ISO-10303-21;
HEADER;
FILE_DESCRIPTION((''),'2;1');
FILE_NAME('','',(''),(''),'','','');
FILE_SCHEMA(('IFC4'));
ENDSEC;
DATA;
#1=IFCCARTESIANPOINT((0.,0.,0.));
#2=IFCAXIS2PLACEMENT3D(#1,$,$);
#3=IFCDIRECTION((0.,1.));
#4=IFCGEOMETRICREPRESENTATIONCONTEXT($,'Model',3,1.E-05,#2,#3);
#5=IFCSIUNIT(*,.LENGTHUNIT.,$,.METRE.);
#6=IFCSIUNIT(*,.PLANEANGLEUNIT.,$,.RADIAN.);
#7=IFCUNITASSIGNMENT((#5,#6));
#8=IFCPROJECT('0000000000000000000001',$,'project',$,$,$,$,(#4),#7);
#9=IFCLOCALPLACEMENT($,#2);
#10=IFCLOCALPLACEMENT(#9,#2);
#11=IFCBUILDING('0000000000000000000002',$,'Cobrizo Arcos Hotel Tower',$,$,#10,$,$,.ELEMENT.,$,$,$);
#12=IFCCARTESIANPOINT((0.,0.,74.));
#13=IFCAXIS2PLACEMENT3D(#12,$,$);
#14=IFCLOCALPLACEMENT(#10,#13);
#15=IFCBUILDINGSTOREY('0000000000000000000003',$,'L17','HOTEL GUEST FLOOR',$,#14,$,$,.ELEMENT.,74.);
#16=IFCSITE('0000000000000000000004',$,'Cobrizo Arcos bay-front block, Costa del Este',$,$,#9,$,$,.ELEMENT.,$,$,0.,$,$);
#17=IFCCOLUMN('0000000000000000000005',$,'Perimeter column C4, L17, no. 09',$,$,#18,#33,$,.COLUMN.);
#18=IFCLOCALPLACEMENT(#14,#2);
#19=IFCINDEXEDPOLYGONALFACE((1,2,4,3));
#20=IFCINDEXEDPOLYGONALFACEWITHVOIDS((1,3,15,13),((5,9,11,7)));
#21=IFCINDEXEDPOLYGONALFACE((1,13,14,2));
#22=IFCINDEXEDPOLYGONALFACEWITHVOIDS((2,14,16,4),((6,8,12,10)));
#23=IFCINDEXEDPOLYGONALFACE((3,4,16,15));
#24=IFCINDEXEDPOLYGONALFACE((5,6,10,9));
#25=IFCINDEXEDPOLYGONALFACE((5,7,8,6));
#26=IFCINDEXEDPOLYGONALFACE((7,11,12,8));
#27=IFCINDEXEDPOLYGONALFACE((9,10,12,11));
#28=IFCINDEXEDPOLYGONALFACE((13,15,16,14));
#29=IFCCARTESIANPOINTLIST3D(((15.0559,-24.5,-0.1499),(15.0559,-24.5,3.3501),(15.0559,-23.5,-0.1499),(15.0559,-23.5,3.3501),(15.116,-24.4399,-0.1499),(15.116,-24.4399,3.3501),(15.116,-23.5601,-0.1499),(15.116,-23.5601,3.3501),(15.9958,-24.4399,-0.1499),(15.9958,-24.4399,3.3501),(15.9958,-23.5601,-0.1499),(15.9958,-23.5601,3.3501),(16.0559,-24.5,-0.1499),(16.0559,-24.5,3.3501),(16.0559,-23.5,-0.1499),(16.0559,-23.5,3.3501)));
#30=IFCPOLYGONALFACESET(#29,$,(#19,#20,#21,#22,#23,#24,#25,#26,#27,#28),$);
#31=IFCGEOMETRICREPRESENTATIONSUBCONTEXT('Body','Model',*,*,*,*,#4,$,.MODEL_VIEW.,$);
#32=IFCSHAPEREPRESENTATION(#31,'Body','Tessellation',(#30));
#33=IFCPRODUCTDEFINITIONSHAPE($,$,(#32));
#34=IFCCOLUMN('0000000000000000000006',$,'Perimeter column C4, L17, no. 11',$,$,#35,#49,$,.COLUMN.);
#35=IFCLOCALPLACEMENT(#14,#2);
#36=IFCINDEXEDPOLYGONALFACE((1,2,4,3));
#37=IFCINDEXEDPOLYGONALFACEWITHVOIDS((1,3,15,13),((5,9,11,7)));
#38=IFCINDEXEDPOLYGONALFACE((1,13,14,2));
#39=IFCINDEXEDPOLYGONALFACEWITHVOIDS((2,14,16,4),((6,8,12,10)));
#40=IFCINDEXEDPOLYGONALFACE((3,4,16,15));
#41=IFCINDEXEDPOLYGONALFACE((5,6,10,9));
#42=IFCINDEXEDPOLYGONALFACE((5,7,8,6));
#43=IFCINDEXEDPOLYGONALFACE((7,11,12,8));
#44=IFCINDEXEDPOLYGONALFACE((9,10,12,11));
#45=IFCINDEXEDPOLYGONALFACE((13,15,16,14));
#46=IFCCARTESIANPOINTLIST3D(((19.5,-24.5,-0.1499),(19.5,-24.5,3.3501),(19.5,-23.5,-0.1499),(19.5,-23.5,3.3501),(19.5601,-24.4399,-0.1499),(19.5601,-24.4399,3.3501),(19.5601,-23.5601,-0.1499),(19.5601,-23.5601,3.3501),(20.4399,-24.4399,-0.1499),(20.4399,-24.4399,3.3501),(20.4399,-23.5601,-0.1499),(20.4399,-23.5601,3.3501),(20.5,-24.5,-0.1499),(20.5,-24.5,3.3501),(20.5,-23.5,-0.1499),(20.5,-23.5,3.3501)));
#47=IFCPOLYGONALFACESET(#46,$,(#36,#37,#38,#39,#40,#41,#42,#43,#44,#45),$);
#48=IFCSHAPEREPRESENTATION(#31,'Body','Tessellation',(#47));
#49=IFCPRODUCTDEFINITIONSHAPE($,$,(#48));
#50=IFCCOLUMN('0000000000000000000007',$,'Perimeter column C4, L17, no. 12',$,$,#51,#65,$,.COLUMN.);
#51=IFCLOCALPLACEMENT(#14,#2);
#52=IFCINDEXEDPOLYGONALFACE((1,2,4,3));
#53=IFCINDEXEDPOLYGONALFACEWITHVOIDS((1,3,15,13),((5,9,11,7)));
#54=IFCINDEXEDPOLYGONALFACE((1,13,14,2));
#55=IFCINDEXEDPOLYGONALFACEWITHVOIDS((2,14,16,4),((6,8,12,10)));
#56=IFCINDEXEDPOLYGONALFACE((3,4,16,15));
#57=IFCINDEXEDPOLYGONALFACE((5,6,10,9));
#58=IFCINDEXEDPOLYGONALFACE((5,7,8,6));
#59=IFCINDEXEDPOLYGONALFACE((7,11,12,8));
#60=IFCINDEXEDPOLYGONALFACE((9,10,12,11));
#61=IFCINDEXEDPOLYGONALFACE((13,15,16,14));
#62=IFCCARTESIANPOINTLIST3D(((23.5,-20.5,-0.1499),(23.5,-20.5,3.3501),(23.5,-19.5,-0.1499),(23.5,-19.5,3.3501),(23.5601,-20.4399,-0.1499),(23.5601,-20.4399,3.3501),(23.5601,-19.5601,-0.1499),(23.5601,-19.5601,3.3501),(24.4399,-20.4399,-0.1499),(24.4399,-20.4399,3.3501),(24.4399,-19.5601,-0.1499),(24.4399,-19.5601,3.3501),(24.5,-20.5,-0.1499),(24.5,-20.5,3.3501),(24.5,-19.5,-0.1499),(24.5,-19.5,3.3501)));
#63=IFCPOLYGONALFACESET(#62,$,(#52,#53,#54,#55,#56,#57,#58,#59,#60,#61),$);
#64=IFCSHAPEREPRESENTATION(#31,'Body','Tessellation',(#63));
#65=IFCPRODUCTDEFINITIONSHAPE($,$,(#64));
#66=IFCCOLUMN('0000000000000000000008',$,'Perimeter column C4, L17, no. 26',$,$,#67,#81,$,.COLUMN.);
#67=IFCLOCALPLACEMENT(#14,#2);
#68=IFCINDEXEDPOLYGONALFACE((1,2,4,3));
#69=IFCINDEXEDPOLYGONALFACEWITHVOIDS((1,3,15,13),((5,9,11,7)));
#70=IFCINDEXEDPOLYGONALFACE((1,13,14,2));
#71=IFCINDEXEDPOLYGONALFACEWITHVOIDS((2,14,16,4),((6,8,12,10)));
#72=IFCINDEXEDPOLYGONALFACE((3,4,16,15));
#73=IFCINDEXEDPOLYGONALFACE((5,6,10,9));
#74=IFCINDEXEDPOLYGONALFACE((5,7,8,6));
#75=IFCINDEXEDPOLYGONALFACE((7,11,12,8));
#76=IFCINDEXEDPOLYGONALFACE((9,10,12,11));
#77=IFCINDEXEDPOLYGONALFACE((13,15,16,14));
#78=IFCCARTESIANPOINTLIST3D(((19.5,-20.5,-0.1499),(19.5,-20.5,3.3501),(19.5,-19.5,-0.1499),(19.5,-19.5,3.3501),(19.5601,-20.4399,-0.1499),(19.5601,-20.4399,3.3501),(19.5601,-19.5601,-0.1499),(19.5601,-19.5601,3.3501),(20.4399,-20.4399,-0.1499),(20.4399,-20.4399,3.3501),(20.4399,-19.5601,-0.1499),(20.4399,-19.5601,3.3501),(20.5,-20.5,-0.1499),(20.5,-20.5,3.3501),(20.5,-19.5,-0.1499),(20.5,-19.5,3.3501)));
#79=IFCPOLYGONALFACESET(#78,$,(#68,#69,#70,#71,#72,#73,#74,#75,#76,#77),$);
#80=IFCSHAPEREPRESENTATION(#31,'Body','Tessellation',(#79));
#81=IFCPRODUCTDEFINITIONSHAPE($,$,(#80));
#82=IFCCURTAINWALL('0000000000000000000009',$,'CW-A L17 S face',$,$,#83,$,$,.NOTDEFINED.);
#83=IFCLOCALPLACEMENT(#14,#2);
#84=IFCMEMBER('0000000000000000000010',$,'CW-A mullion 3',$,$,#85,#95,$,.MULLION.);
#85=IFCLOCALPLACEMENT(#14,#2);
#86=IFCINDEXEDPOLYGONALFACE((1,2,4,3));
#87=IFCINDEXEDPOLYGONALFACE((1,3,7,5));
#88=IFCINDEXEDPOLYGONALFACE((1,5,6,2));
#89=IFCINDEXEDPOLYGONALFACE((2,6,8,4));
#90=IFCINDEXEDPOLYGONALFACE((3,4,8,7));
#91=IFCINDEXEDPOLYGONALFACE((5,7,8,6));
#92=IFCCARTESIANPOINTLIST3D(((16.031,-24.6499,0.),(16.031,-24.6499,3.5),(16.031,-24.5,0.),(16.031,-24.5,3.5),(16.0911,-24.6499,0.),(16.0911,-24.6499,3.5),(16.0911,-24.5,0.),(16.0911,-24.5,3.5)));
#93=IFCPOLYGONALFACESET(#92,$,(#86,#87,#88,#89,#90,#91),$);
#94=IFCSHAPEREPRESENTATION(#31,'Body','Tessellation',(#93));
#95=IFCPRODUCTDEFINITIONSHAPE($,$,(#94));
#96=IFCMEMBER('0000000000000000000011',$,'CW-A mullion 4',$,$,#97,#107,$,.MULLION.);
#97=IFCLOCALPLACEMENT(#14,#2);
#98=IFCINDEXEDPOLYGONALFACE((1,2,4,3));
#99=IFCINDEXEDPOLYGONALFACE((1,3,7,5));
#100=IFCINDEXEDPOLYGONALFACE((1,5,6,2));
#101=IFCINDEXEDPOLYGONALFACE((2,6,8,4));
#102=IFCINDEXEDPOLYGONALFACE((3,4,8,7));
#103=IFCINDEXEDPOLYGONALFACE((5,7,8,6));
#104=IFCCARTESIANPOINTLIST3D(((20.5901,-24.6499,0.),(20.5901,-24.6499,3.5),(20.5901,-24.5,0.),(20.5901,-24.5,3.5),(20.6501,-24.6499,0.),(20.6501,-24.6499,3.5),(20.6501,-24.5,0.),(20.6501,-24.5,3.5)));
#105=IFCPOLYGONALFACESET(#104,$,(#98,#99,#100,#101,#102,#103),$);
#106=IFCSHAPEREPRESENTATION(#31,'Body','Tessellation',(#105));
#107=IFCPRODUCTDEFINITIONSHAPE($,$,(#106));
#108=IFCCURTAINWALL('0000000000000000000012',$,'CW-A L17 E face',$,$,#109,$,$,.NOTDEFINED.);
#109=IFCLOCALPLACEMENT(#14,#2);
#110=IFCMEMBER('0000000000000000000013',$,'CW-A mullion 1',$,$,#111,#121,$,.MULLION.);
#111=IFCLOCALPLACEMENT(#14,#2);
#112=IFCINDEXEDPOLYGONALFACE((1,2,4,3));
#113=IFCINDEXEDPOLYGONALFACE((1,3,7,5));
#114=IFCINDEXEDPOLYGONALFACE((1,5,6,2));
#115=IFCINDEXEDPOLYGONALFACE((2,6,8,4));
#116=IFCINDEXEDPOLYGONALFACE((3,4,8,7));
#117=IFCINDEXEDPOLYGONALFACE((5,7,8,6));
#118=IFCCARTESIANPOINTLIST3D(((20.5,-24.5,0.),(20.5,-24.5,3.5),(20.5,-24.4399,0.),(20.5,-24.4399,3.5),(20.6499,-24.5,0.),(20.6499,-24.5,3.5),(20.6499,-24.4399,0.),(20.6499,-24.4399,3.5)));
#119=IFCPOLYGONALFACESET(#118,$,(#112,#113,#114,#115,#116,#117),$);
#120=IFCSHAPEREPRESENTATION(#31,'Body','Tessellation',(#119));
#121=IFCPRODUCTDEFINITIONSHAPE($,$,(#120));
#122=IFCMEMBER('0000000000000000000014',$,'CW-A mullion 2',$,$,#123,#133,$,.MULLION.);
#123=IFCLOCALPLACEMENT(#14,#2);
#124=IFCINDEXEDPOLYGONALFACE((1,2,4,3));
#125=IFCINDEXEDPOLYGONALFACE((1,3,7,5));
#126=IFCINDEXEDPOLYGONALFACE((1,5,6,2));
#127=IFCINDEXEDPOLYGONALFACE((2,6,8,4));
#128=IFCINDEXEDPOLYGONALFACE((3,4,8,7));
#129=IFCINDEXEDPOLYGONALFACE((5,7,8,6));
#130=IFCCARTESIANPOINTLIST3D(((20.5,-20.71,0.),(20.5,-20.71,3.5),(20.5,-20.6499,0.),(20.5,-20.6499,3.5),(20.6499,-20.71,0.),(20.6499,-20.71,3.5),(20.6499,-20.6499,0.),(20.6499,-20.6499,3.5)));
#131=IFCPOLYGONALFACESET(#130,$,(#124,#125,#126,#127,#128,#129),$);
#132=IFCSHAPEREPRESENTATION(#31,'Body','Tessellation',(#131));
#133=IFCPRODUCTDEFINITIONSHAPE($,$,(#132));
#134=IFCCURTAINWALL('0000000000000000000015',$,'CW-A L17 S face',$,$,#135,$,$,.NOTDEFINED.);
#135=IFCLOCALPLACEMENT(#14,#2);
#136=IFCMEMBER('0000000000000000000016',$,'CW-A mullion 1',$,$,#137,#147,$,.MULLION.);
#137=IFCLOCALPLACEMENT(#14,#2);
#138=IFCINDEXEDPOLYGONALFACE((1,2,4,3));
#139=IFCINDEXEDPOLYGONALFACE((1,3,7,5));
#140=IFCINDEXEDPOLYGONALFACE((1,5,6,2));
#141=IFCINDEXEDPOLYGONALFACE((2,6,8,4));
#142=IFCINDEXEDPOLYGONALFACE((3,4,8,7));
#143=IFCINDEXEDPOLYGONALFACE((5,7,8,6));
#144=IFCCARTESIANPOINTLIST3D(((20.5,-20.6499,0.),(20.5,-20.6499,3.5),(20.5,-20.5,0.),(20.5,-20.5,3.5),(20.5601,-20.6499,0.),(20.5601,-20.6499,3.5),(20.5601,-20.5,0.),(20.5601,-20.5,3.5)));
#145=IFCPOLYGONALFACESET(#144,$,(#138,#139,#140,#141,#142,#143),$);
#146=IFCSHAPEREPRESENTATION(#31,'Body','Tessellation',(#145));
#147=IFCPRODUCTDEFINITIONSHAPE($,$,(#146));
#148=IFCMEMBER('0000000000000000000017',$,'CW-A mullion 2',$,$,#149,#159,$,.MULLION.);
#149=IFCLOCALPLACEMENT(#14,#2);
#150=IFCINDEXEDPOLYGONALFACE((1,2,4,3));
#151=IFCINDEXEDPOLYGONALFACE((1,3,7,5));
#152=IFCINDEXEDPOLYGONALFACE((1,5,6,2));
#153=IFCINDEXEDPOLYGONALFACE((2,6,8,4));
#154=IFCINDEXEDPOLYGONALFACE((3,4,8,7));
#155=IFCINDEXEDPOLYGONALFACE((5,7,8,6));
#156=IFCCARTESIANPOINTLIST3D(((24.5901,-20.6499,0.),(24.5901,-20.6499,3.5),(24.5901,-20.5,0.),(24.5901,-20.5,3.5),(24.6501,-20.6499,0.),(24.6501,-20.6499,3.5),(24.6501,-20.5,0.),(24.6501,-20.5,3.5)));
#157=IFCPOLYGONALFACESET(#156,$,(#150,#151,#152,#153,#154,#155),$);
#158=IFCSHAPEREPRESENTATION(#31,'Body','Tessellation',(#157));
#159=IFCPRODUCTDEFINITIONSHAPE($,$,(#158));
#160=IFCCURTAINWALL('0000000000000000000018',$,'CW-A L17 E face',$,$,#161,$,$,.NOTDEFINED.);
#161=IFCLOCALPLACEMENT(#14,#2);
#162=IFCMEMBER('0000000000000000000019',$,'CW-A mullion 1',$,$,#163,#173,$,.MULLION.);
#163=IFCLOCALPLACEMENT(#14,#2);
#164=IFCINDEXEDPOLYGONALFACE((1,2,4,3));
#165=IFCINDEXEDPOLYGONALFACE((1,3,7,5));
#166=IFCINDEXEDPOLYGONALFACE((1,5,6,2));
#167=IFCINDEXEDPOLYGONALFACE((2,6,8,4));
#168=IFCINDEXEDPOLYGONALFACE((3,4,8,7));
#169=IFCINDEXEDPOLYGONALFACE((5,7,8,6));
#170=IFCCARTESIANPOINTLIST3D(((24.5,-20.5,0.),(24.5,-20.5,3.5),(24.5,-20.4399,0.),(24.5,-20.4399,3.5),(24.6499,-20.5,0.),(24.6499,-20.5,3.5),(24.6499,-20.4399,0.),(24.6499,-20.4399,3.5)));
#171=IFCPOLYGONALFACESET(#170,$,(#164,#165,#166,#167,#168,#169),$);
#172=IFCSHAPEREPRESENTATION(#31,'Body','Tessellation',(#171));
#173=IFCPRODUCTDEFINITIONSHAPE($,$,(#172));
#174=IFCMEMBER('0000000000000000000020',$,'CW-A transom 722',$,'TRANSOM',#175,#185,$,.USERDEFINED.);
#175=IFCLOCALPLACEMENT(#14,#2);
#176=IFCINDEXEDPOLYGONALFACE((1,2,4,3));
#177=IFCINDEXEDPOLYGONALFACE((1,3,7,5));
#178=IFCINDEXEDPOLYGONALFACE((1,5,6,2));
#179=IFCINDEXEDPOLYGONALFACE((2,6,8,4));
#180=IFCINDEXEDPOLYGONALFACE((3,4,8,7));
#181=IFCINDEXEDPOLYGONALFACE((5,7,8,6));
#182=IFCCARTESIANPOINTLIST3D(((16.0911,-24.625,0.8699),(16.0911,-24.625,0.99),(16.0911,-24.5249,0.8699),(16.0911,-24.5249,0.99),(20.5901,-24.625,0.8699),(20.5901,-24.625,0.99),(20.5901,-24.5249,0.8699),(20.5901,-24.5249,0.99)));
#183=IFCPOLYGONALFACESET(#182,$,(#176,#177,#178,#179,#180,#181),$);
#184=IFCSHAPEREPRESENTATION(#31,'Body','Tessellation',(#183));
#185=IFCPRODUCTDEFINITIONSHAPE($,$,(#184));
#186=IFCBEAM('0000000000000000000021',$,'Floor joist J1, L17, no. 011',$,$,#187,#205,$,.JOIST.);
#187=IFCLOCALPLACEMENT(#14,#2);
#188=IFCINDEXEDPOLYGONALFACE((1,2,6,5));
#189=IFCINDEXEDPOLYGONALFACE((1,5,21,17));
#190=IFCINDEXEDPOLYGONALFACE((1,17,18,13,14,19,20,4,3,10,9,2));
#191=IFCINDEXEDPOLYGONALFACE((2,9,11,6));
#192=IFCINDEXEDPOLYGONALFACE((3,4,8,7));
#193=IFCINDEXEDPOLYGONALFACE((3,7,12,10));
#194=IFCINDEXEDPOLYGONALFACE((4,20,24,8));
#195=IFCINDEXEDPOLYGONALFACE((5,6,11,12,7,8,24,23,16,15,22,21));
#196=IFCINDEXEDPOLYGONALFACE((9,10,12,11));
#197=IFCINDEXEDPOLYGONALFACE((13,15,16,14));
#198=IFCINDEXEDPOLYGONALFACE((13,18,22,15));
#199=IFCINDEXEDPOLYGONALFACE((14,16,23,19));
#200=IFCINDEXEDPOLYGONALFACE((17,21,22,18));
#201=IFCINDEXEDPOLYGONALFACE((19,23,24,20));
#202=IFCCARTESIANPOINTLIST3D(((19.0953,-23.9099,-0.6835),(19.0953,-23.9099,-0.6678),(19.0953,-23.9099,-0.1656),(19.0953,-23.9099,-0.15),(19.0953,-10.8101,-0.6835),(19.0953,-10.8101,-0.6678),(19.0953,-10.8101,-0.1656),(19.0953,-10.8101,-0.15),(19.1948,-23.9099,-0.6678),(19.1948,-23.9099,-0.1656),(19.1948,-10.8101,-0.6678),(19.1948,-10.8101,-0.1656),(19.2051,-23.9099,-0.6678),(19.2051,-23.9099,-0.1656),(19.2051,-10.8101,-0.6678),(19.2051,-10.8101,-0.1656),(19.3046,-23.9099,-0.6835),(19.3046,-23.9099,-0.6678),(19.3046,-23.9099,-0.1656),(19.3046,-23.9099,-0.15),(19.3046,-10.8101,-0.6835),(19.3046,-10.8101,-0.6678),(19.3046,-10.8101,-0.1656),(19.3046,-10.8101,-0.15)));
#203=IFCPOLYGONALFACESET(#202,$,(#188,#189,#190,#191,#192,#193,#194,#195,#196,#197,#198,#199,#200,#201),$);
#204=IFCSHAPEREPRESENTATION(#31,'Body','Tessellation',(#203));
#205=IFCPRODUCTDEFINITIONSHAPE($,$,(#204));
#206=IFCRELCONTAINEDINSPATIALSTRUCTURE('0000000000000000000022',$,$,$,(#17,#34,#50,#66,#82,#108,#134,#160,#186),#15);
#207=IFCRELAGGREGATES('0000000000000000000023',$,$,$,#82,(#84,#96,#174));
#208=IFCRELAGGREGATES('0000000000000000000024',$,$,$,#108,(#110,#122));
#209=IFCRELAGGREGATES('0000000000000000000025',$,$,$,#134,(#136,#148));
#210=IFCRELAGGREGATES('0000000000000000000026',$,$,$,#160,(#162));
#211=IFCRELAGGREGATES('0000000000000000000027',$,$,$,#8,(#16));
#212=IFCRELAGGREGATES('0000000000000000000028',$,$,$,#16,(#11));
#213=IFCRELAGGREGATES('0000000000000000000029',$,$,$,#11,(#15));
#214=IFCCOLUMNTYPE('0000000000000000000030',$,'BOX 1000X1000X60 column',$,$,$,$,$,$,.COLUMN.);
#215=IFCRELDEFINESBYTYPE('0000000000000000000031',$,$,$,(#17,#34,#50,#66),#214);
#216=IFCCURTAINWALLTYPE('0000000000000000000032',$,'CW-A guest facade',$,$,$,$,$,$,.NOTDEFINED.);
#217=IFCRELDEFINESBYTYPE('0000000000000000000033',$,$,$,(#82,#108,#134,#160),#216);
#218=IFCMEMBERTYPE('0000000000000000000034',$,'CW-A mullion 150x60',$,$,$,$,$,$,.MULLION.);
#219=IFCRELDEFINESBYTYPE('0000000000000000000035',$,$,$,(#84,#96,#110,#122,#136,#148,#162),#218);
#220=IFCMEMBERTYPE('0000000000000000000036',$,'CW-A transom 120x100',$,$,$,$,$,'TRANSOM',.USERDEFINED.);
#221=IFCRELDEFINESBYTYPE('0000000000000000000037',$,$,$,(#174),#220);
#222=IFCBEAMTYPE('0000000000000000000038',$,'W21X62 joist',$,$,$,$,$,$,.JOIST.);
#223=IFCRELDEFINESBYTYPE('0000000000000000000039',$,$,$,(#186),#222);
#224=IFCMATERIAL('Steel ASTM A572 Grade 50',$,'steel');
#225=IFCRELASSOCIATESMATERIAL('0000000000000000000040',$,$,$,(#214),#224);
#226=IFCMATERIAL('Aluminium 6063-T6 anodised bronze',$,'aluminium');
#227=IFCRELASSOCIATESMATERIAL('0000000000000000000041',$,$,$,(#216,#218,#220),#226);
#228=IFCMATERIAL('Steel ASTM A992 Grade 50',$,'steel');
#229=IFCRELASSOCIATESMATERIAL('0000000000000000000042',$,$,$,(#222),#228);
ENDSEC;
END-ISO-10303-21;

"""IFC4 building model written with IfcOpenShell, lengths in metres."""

from ifc_helpers import new_model, si_unit, direction, frame, origin, origin_2d, place, context, subcontext, project, spatial, rectangle, hollow_rectangle, i_section, extrude, material, material_profile, profile_set, type_object, element, aggregate, save


model = new_model("IFC4")

# Units and contexts
model_context = context("Model", 3, precision=1e-05, world=origin(), true_north=direction((0.0, 1.0)))
body_context = subcontext(model_context, "Body", "Model", "MODEL_VIEW")
ifc_project = project(units=[si_unit("LENGTHUNIT", "METRE"), si_unit("PLANEANGLEUNIT", "RADIAN")], contexts=[model_context])

# Site, building, storey
site_placement = place(None, origin())
site = spatial("IfcSite", under=ifc_project, at=site_placement, Name="Cobrizo Arcos bay-front block, Costa del Este", CompositionType="ELEMENT", RefElevation=0.0)
building_placement = place(site_placement, origin())
building = spatial("IfcBuilding", under=site, at=building_placement, Name="Cobrizo Arcos Hotel Tower", CompositionType="ELEMENT")
storey_placement = place(building_placement, frame((0.0, 0.0, 74.0)))
storey = spatial("IfcBuildingStorey", under=building, at=storey_placement, Name="L17", Description="HOTEL GUEST FLOOR", CompositionType="ELEMENT", Elevation=74.0)

# Columns
ifc_material_1 = material(Name="Steel ASTM A572 Grade 50", Category="steel")
ifc_material_profile_1 = material_profile(ifc_material_1, hollow_rectangle(XDim=1.0, YDim=1.0, WallThickness=0.0601, at=origin_2d()), Name="BOX 1000X1000X60")
ifc_profile_set_1 = profile_set([ifc_material_profile_1], Name="Steel ASTM A572 Grade 50")
column_type = type_object("IfcColumnType", Name="BOX 1000X1000X60 column", PredefinedType="COLUMN", material=ifc_profile_set_1)
for number, where, z_axis, x_axis, name in (
    (1, (15.5559, -24.0, -0.1499), (0.0, 0.0, 1.0), (1.0, 0.0, 0.0), "Perimeter column C4, L17, no. 09"),
    (2, (20.0, -24.0, -0.1499), (0.0, 0.0, 1.0), (1.0, 0.0, 0.0), "Perimeter column C4, L17, no. 11"),
    (3, (24.0, -20.0, -0.1499), (0.0, 0.0, 1.0), (1.0, 0.0, 0.0), "Perimeter column C4, L17, no. 12"),
    (4, (20.0, -20.0, -0.1499), (0.0, 0.0, 1.0), (1.0, 0.0, 0.0), "Perimeter column C4, L17, no. 26"),
):
    element("IfcColumn", number, at=place(storey_placement, frame(where, z_axis=z_axis, x_axis=x_axis)), inside=storey, type_object=column_type, Name=name, PredefinedType="COLUMN", context=body_context, shape_type="SweptSolid", body=[
        extrude(hollow_rectangle(XDim=1.0, YDim=1.0, WallThickness=0.0601, at=origin_2d()), origin(), (0.0, 0.0, 1.0), 3.5),
    ])

# Curtain walls, members
ifc_material_2 = material(Name="Aluminium 6063-T6 anodised bronze", Category="aluminium")
curtain_wall_type = type_object("IfcCurtainWallType", Name="CW-A guest facade", PredefinedType="NOTDEFINED", material=ifc_material_2)
curtain_wall_1_placement = place(storey_placement, origin())
curtain_wall_1 = element("IfcCurtainWall", 5, at=curtain_wall_1_placement, inside=storey, type_object=curtain_wall_type, Name="CW-A L17 S face", PredefinedType="NOTDEFINED")
ifc_material_profile_2 = material_profile(ifc_material_2, rectangle(XDim=0.1499, YDim=0.0601, at=origin_2d()), Name="CW-A mullion 150x60")
ifc_profile_set_2 = profile_set([ifc_material_profile_2], Name="Aluminium 6063-T6 anodised bronze")
member_type_1 = type_object("IfcMemberType", Name="CW-A mullion 150x60", PredefinedType="MULLION", material=ifc_profile_set_2)
member_1_placement = place(storey_placement, frame((16.061, -24.575, 0.0), z_axis=(0.0, 0.0, 1.0), x_axis=(0.0, -1.0, 0.0)))
member_1 = element("IfcMember", 6, at=member_1_placement, type_object=member_type_1, Name="CW-A mullion 3", PredefinedType="MULLION", context=body_context, shape_type="SweptSolid", body=[
    extrude(rectangle(XDim=0.1499, YDim=0.0601, at=origin_2d()), origin(), (0.0, 0.0, 1.0), 3.5),
])
member_2_placement = place(storey_placement, frame((20.6201, -24.575, 0.0), z_axis=(0.0, 0.0, 1.0), x_axis=(0.0, -1.0, 0.0)))
member_2 = element("IfcMember", 7, at=member_2_placement, type_object=member_type_1, Name="CW-A mullion 4", PredefinedType="MULLION", context=body_context, shape_type="SweptSolid", body=[
    extrude(rectangle(XDim=0.1499, YDim=0.0601, at=origin_2d()), origin(), (0.0, 0.0, 1.0), 3.5),
])
curtain_wall_2_placement = place(storey_placement, origin())
curtain_wall_2 = element("IfcCurtainWall", 8, at=curtain_wall_2_placement, inside=storey, type_object=curtain_wall_type, Name="CW-A L17 E face", PredefinedType="NOTDEFINED")
member_3_placement = place(storey_placement, frame((20.575, -24.47, 0.0), z_axis=(0.0, 0.0, 1.0), x_axis=(1.0, 0.0, 0.0)))
member_3 = element("IfcMember", 9, at=member_3_placement, type_object=member_type_1, Name="CW-A mullion 1", PredefinedType="MULLION", context=body_context, shape_type="SweptSolid", body=[
    extrude(rectangle(XDim=0.1499, YDim=0.0601, at=origin_2d()), origin(), (0.0, 0.0, 1.0), 3.5),
])
member_4_placement = place(storey_placement, frame((20.575, -20.6799, 0.0), z_axis=(0.0, 0.0, 1.0), x_axis=(1.0, 0.0, 0.0)))
member_4 = element("IfcMember", 10, at=member_4_placement, type_object=member_type_1, Name="CW-A mullion 2", PredefinedType="MULLION", context=body_context, shape_type="SweptSolid", body=[
    extrude(rectangle(XDim=0.1499, YDim=0.0601, at=origin_2d()), origin(), (0.0, 0.0, 1.0), 3.5),
])
curtain_wall_3_placement = place(storey_placement, origin())
curtain_wall_3 = element("IfcCurtainWall", 11, at=curtain_wall_3_placement, inside=storey, type_object=curtain_wall_type, Name="CW-A L17 S face", PredefinedType="NOTDEFINED")
member_5_placement = place(storey_placement, frame((20.53, -20.575, 0.0), z_axis=(0.0, 0.0, 1.0), x_axis=(0.0, -1.0, 0.0)))
member_5 = element("IfcMember", 12, at=member_5_placement, type_object=member_type_1, Name="CW-A mullion 1", PredefinedType="MULLION", context=body_context, shape_type="SweptSolid", body=[
    extrude(rectangle(XDim=0.1499, YDim=0.0601, at=origin_2d()), origin(), (0.0, 0.0, 1.0), 3.5),
])
member_6_placement = place(storey_placement, frame((24.6201, -20.575, 0.0), z_axis=(0.0, 0.0, 1.0), x_axis=(0.0, -1.0, 0.0)))
member_6 = element("IfcMember", 13, at=member_6_placement, type_object=member_type_1, Name="CW-A mullion 2", PredefinedType="MULLION", context=body_context, shape_type="SweptSolid", body=[
    extrude(rectangle(XDim=0.1499, YDim=0.0601, at=origin_2d()), origin(), (0.0, 0.0, 1.0), 3.5),
])

# Curtain wall, member
curtain_wall_4_placement = place(storey_placement, origin())
curtain_wall_4 = element("IfcCurtainWall", 14, at=curtain_wall_4_placement, inside=storey, type_object=curtain_wall_type, Name="CW-A L17 E face", PredefinedType="NOTDEFINED")
member_7_placement = place(storey_placement, frame((24.575, -20.47, 0.0), z_axis=(0.0, 0.0, 1.0), x_axis=(1.0, 0.0, 0.0)))
member_7 = element("IfcMember", 15, at=member_7_placement, type_object=member_type_1, Name="CW-A mullion 1", PredefinedType="MULLION", context=body_context, shape_type="SweptSolid", body=[
    extrude(rectangle(XDim=0.1499, YDim=0.0601, at=origin_2d()), origin(), (0.0, 0.0, 1.0), 3.5),
])

# Member
ifc_material_profile_3 = material_profile(ifc_material_2, rectangle(XDim=0.1001, YDim=0.1201, at=origin_2d()), Name="CW-A transom 120x100")
ifc_profile_set_3 = profile_set([ifc_material_profile_3], Name="Aluminium 6063-T6 anodised bronze")
member_type_2 = type_object("IfcMemberType", Name="CW-A transom 120x100", ElementType="TRANSOM", PredefinedType="USERDEFINED", material=ifc_profile_set_3)
member_8_placement = place(storey_placement, frame((16.0911, -24.575, 0.9299), z_axis=(1.0, 0.0, 0.0), x_axis=(0.0, 1.0, 0.0)))
member_8 = element("IfcMember", 16, at=member_8_placement, type_object=member_type_2, Name="CW-A transom 722", ObjectType="TRANSOM", PredefinedType="USERDEFINED", context=body_context, shape_type="SweptSolid", body=[
    extrude(rectangle(XDim=0.1001, YDim=0.1201, at=origin_2d()), origin(), (0.0, 0.0, 1.0), 4.499),
])

# Beam
ifc_material_3 = material(Name="Steel ASTM A992 Grade 50", Category="steel")
ifc_material_profile_4 = material_profile(ifc_material_3, i_section(OverallWidth=0.2092, OverallDepth=0.5334, WebThickness=0.0103, FlangeThickness=0.0156, at=origin_2d()), Name="W21X62")
ifc_profile_set_4 = profile_set([ifc_material_profile_4], Name="Steel ASTM A992 Grade 50")
beam_type_1 = type_object("IfcBeamType", Name="W21X62 joist", PredefinedType="JOIST", material=ifc_profile_set_4)
beam_1_placement = place(storey_placement, frame((19.2, -23.9099, -0.4167), z_axis=(0.0, 1.0, 0.0), x_axis=(-1.0, 0.0, 0.0)))
element("IfcBeam", 17, at=beam_1_placement, inside=storey, type_object=beam_type_1, Name="Floor joist J1, L17, no. 011", PredefinedType="JOIST", context=body_context, shape_type="SweptSolid", body=[
    extrude(i_section(OverallWidth=0.2092, OverallDepth=0.5334, WebThickness=0.0103, FlangeThickness=0.0156, at=origin_2d()), origin(), (0.0, 0.0, 1.0), 13.0999),
])

aggregate(curtain_wall_1, [member_1, member_2, member_8])
aggregate(curtain_wall_2, [member_3, member_4])
aggregate(curtain_wall_3, [member_5, member_6])
aggregate(curtain_wall_4, [member_7])

save(model, "model.ifc")
